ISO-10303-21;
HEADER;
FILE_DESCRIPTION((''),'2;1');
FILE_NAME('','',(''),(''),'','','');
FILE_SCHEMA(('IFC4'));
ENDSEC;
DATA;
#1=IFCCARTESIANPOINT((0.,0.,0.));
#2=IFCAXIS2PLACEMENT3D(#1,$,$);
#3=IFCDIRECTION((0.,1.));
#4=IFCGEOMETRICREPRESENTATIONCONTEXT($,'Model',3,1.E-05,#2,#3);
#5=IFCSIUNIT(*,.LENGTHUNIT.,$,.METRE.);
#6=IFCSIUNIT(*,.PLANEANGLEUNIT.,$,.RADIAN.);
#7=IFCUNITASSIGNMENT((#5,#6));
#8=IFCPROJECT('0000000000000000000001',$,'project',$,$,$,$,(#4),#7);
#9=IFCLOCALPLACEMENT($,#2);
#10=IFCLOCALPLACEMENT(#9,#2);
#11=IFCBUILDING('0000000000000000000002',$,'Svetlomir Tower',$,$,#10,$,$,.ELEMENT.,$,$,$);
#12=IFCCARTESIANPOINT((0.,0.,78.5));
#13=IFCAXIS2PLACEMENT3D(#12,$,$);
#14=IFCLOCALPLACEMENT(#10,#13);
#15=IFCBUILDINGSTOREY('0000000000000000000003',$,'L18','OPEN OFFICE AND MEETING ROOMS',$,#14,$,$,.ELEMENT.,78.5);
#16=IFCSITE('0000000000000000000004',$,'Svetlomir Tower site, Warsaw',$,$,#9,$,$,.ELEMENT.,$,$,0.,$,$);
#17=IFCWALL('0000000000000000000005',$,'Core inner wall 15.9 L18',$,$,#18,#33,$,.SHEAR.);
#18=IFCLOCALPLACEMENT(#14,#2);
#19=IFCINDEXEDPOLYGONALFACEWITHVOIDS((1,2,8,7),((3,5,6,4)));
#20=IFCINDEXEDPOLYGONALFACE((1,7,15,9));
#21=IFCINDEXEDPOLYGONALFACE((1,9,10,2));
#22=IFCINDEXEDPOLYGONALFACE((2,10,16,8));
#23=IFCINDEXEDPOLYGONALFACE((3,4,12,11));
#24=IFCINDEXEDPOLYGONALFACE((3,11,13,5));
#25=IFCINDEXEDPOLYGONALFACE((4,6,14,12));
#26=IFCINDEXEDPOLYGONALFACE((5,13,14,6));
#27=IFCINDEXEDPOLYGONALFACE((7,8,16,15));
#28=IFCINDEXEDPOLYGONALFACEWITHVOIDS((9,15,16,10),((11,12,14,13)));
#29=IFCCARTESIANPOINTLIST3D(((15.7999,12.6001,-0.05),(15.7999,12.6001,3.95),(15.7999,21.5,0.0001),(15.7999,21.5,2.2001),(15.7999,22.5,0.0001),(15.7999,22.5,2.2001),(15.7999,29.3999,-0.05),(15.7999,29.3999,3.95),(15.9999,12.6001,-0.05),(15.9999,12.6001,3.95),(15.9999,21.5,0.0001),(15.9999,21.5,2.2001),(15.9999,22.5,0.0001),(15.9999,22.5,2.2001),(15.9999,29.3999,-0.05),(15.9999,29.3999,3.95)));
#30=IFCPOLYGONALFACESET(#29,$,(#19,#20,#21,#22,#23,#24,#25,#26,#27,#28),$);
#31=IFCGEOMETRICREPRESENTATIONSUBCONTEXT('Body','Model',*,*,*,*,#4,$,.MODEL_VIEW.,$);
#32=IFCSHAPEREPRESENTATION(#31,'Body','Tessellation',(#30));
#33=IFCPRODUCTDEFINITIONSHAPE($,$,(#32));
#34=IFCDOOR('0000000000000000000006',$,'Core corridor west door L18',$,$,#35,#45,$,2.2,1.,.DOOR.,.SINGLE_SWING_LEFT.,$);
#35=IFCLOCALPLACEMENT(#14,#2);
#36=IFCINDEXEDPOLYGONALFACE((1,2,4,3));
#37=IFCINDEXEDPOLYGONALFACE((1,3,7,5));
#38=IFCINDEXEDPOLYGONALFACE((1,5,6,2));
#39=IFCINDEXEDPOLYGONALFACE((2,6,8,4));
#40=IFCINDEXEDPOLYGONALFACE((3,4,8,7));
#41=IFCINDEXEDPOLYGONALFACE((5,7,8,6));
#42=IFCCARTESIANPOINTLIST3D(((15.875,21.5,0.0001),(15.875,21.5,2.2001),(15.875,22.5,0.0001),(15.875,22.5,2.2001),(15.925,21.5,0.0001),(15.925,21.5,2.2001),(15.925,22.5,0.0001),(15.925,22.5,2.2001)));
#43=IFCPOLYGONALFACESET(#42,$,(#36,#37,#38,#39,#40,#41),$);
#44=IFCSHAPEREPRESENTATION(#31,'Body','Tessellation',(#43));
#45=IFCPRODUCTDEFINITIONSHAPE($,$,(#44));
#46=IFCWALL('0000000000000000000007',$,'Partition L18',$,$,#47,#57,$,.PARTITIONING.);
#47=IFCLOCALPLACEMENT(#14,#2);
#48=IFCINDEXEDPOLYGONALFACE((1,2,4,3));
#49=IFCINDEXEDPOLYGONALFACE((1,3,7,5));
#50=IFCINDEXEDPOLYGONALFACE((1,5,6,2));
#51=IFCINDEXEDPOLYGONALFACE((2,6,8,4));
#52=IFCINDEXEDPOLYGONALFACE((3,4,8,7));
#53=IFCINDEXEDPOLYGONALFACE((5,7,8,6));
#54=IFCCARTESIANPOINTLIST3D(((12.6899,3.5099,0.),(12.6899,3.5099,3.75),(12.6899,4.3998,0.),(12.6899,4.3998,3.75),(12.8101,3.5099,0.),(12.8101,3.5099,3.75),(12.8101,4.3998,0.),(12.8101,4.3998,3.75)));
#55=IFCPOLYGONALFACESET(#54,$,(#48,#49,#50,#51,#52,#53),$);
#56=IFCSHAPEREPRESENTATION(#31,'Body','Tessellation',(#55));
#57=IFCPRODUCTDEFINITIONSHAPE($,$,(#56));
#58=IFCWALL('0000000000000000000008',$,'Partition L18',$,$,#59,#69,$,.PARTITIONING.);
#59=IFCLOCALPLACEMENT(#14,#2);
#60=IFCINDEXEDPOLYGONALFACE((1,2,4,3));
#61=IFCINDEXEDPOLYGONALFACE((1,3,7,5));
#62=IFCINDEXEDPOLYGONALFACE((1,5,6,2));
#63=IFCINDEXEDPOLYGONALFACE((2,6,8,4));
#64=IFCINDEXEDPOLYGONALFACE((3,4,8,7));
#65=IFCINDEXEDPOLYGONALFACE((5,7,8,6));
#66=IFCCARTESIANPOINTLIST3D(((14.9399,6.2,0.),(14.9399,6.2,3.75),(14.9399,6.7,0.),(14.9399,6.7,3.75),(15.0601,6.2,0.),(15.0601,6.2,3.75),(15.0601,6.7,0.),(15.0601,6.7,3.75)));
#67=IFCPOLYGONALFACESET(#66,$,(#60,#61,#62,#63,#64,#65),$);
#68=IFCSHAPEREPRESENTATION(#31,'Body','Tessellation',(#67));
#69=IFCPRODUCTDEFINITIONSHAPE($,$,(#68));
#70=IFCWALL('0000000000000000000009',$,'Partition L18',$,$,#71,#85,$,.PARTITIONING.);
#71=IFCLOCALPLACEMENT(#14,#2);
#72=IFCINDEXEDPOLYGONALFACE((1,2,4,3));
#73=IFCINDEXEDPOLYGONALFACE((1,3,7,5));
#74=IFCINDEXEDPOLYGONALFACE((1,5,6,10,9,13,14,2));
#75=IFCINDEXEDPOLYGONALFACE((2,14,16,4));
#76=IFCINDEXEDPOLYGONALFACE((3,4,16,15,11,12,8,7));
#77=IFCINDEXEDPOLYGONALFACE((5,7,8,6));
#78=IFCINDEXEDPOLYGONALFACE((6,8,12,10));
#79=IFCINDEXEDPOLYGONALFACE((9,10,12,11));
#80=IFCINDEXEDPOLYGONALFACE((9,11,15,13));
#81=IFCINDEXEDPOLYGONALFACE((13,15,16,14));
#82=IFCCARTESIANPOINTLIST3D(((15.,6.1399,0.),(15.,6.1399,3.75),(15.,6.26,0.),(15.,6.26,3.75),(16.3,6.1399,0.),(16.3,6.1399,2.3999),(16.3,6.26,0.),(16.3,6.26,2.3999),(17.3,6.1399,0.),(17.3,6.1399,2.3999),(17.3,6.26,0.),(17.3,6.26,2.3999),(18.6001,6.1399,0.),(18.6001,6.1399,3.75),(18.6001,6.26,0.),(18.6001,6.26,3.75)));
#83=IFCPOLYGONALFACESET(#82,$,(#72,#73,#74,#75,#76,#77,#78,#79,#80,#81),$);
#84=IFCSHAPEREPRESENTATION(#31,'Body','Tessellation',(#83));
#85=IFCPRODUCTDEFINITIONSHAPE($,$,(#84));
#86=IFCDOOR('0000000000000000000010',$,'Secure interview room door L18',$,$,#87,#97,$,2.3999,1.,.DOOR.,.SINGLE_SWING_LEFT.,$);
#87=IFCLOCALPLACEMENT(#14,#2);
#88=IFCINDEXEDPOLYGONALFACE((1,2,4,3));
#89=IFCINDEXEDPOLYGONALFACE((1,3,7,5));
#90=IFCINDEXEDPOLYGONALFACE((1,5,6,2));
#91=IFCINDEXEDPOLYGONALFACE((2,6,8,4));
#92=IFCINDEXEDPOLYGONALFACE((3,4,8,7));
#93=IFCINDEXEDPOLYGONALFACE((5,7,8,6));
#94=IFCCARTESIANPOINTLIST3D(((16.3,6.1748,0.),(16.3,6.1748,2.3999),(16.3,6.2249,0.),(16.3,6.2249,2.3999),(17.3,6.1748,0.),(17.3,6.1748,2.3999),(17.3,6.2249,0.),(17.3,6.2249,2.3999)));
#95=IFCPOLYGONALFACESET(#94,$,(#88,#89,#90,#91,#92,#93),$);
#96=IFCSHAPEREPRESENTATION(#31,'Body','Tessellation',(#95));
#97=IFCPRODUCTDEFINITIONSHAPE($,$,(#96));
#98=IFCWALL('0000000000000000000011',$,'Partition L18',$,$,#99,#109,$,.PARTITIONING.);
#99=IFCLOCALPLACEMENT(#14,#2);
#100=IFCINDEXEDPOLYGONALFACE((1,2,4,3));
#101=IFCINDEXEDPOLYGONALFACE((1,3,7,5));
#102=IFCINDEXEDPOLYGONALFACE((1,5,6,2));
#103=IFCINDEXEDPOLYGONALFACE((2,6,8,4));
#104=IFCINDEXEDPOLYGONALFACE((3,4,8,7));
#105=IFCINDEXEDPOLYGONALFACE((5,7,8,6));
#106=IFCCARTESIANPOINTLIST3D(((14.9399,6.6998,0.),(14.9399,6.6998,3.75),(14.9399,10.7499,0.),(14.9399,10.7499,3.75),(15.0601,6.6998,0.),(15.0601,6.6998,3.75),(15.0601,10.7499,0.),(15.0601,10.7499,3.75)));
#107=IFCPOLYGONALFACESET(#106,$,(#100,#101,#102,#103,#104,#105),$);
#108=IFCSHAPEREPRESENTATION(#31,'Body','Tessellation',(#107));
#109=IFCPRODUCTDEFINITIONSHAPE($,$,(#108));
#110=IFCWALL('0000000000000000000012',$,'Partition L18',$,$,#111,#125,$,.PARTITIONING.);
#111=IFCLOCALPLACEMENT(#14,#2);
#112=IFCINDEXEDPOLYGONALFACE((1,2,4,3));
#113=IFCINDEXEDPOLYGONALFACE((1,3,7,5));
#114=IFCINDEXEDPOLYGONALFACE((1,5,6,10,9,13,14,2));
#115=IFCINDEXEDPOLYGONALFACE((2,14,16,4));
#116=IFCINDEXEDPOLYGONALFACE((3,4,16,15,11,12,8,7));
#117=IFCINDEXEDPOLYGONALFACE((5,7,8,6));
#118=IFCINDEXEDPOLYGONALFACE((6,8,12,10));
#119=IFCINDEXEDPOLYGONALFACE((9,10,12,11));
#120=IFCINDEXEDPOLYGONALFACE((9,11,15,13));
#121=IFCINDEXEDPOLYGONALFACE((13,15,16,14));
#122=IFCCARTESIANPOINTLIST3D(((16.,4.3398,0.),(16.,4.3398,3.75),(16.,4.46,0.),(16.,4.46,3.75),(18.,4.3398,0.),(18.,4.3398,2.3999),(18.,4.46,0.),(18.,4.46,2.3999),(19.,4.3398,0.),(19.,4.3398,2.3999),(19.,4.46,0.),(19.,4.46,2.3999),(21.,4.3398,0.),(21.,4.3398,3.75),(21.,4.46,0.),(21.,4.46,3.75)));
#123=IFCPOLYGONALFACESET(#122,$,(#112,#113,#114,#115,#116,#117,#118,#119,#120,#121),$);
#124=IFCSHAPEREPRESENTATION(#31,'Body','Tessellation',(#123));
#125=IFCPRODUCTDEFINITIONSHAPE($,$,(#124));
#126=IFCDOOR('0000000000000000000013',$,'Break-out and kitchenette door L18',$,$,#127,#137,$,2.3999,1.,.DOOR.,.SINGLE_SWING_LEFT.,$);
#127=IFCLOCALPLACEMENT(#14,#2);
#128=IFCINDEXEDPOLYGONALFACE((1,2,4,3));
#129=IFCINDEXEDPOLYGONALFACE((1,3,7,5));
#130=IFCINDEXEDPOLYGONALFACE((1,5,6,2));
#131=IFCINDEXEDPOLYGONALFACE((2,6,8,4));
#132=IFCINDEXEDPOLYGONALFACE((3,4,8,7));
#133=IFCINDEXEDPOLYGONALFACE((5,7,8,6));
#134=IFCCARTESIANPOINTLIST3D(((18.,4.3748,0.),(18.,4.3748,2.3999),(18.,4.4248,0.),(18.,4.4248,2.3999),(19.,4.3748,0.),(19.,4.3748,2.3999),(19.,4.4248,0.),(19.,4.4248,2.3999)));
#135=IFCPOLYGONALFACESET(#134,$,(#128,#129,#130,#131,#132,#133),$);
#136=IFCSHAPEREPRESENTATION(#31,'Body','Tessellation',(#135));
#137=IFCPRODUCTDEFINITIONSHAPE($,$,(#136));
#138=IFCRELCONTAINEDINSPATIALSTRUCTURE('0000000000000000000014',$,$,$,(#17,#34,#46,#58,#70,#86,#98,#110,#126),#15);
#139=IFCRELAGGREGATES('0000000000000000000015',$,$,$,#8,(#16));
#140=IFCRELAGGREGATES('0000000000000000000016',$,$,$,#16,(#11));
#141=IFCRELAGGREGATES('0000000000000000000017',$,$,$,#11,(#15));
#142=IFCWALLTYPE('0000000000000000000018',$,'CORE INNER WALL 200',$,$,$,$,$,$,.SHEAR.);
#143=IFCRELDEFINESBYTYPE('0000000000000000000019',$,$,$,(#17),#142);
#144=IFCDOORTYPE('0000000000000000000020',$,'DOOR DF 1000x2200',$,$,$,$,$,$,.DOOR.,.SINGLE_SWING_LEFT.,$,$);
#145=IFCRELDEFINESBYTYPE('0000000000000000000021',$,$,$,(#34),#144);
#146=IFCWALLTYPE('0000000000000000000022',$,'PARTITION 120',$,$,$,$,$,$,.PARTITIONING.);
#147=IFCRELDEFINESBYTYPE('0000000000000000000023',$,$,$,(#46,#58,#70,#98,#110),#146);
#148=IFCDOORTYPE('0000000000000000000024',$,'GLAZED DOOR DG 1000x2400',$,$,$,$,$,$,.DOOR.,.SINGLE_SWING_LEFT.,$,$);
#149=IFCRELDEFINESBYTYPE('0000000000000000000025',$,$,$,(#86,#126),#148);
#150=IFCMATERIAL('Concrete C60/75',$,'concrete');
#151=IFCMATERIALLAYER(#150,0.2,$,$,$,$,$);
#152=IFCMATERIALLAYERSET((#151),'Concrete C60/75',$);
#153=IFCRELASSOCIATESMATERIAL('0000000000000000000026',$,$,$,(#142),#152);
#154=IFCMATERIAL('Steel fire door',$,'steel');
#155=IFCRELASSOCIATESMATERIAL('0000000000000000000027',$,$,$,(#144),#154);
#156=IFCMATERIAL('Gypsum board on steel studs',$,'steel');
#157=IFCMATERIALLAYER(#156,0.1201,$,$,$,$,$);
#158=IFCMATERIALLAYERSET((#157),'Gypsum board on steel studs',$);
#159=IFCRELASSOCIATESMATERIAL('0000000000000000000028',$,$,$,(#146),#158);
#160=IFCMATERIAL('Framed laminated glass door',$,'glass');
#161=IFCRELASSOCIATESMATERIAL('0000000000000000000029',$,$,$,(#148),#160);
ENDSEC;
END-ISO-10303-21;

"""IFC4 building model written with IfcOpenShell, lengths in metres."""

from ifc_helpers import new_model, si_unit, direction, frame, frame_2d, origin, place, context, subcontext, project, spatial, rectangle, extrude, material, layer, layer_set, type_object, element, fill, save


model = new_model("IFC4")

# Units and contexts
model_context = context("Model", 3, precision=1e-05, world=origin(), true_north=direction((0.0, 1.0)))
body_context = subcontext(model_context, "Body", "Model", "MODEL_VIEW")
ifc_project = project(units=[si_unit("LENGTHUNIT", "METRE"), si_unit("PLANEANGLEUNIT", "RADIAN")], contexts=[model_context])

# Site, building, storey
site_placement = place(None, origin())
site = spatial("IfcSite", under=ifc_project, at=site_placement, Name="Svetlomir Tower site, Warsaw", CompositionType="ELEMENT", RefElevation=0.0)
building_placement = place(site_placement, origin())
building = spatial("IfcBuilding", under=site, at=building_placement, Name="Svetlomir Tower", CompositionType="ELEMENT")
storey_placement = place(building_placement, frame((0.0, 0.0, 78.5)))
storey = spatial("IfcBuildingStorey", under=building, at=storey_placement, Name="L18", Description="OPEN OFFICE AND MEETING ROOMS", CompositionType="ELEMENT", Elevation=78.5)

# Wall, opening, door
ifc_material_1 = material(Name="Concrete C60/75", Category="concrete")
ifc_layer_1 = layer(ifc_material_1, 0.2)
ifc_layer_set_1 = layer_set([ifc_layer_1], Name="Concrete C60/75")
wall_type_1 = type_object("IfcWallType", Name="CORE INNER WALL 200", PredefinedType="SHEAR", material=ifc_layer_set_1)
wall_1_placement = place(storey_placement, frame((15.8999, 12.6001, -0.05), z_axis=(0.0, 0.0, 1.0), x_axis=(0.0, 1.0, 0.0)))
wall_1 = element("IfcWall", 1, at=wall_1_placement, inside=storey, type_object=wall_type_1, Name="Core inner wall 15.9 L18", PredefinedType="SHEAR", context=body_context, shape_type="SweptSolid", body=[
    extrude(rectangle(XDim=16.7998, YDim=0.2, at=frame_2d((8.3999, 0.0))), origin(), (0.0, 0.0, 1.0), 4.0),
])
opening_1_placement = place(wall_1_placement, frame((8.8999, 0.0, 0.05)))
opening_1 = element("IfcOpeningElement", 2, at=opening_1_placement, cuts=wall_1, PredefinedType="OPENING", context=body_context, shape_type="SweptSolid", body=[
    extrude(rectangle(XDim=1.0, YDim=2.2, at=frame_2d((0.5, 1.1001))), frame((0.0, 0.1099, 0.0), z_axis=(0.0, -1.0, 0.0), x_axis=(1.0, 0.0, 0.0)), (0.0, 0.0, 1.0), 0.22),
])
ifc_material_2 = material(Name="Steel fire door", Category="steel")
door_type_1 = type_object("IfcDoorType", Name="DOOR DF 1000x2200", OperationType="SINGLE_SWING_LEFT", PredefinedType="DOOR", material=ifc_material_2)
door_1_placement = place(opening_1_placement, origin())
door_1 = element("IfcDoor", 3, at=door_1_placement, inside=storey, type_object=door_type_1, Name="Core corridor west door L18", OperationType="SINGLE_SWING_LEFT", OverallHeight=2.2, OverallWidth=1.0, PredefinedType="DOOR", context=body_context, shape_type="SweptSolid", body=[
    extrude(rectangle(XDim=1.0, YDim=2.2, at=frame_2d((0.5, 1.1001))), frame((0.0, 0.0249, 0.0), z_axis=(0.0, -1.0, 0.0), x_axis=(1.0, 0.0, 0.0)), (0.0, 0.0, 1.0), 0.05),
])
fill(opening_1, door_1)

# Wall
ifc_material_3 = material(Name="Gypsum board on steel studs", Category="steel")
ifc_layer_2 = layer(ifc_material_3, 0.1201)
ifc_layer_set_2 = layer_set([ifc_layer_2], Name="Gypsum board on steel studs")
wall_type_2 = type_object("IfcWallType", Name="PARTITION 120", PredefinedType="PARTITIONING", material=ifc_layer_set_2)
wall_2_placement = place(storey_placement, frame((12.75, 3.51, 0.0), z_axis=(0.0, 0.0, 1.0), x_axis=(0.0, 1.0, 0.0)))
element("IfcWall", 4, at=wall_2_placement, inside=storey, type_object=wall_type_2, Name="Partition L18", PredefinedType="PARTITIONING", context=body_context, shape_type="SweptSolid", body=[
    extrude(rectangle(XDim=0.8899, YDim=0.1201, at=frame_2d((0.4448, 0.0))), origin(), (0.0, 0.0, 1.0), 3.75),
])

# Shared definitions
ifc_material_4 = material(Name="Framed laminated glass door", Category="glass")
door_type_2 = type_object("IfcDoorType", Name="GLAZED DOOR DG 1000x2400", OperationType="SINGLE_SWING_LEFT", PredefinedType="DOOR", material=ifc_material_4)

# Wall
wall_3_placement = place(storey_placement, frame((15.0, 6.2, 0.0), z_axis=(0.0, 0.0, 1.0), x_axis=(0.0, 1.0, 0.0)))
element("IfcWall", 5, at=wall_3_placement, inside=storey, type_object=wall_type_2, Name="Partition L18", PredefinedType="PARTITIONING", context=body_context, shape_type="SweptSolid", body=[
    extrude(rectangle(XDim=0.5, YDim=0.1201, at=frame_2d((0.25, 0.0))), origin(), (0.0, 0.0, 1.0), 3.75),
])

# Wall, opening, door
wall_4_placement = place(storey_placement, frame((15.0, 6.2, 0.0), z_axis=(0.0, 0.0, 1.0), x_axis=(1.0, 0.0, 0.0)))
wall_4 = element("IfcWall", 6, at=wall_4_placement, inside=storey, type_object=wall_type_2, Name="Partition L18", PredefinedType="PARTITIONING", context=body_context, shape_type="SweptSolid", body=[
    extrude(rectangle(XDim=3.6001, YDim=0.1201, at=frame_2d((1.8, 0.0))), origin(), (0.0, 0.0, 1.0), 3.75),
])
opening_2_placement = place(wall_4_placement, frame((1.3, 0.0, 0.0)))
opening_2 = element("IfcOpeningElement", 7, at=opening_2_placement, cuts=wall_4, PredefinedType="OPENING", context=body_context, shape_type="SweptSolid", body=[
    extrude(rectangle(XDim=1.0, YDim=2.3999, at=frame_2d((0.5, 1.2))), frame((0.0, 0.0701, 0.0), z_axis=(0.0, -1.0, 0.0), x_axis=(1.0, 0.0, 0.0)), (0.0, 0.0, 1.0), 0.1401),
])
door_2_placement = place(opening_2_placement, origin())
door_2 = element("IfcDoor", 8, at=door_2_placement, inside=storey, type_object=door_type_2, Name="Secure interview room door L18", OperationType="SINGLE_SWING_LEFT", OverallHeight=2.3999, OverallWidth=1.0, PredefinedType="DOOR", context=body_context, shape_type="SweptSolid", body=[
    extrude(rectangle(XDim=1.0, YDim=2.3999, at=frame_2d((0.5, 1.2))), frame((0.0, 0.0249, 0.0), z_axis=(0.0, -1.0, 0.0), x_axis=(1.0, 0.0, 0.0)), (0.0, 0.0, 1.0), 0.05),
])
fill(opening_2, door_2)

# Wall
wall_5_placement = place(storey_placement, frame((15.0, 6.7, 0.0), z_axis=(0.0, 0.0, 1.0), x_axis=(0.0, 1.0, 0.0)))
element("IfcWall", 9, at=wall_5_placement, inside=storey, type_object=wall_type_2, Name="Partition L18", PredefinedType="PARTITIONING", context=body_context, shape_type="SweptSolid", body=[
    extrude(rectangle(XDim=4.05, YDim=0.1201, at=frame_2d((2.0249, 0.0))), origin(), (0.0, 0.0, 1.0), 3.75),
])

# Wall, opening, door
wall_6_placement = place(storey_placement, frame((16.0, 4.3999, 0.0), z_axis=(0.0, 0.0, 1.0), x_axis=(1.0, 0.0, 0.0)))
wall_6 = element("IfcWall", 10, at=wall_6_placement, inside=storey, type_object=wall_type_2, Name="Partition L18", PredefinedType="PARTITIONING", context=body_context, shape_type="SweptSolid", body=[
    extrude(rectangle(XDim=5.0, YDim=0.1201, at=frame_2d((2.5, 0.0))), origin(), (0.0, 0.0, 1.0), 3.75),
])
opening_3_placement = place(wall_6_placement, frame((2.0, 0.0, 0.0)))
opening_3 = element("IfcOpeningElement", 11, at=opening_3_placement, cuts=wall_6, PredefinedType="OPENING", context=body_context, shape_type="SweptSolid", body=[
    extrude(rectangle(XDim=1.0, YDim=2.3999, at=frame_2d((0.5, 1.2))), frame((0.0, 0.0701, 0.0), z_axis=(0.0, -1.0, 0.0), x_axis=(1.0, 0.0, 0.0)), (0.0, 0.0, 1.0), 0.1401),
])
door_3_placement = place(opening_3_placement, origin())
door_3 = element("IfcDoor", 12, at=door_3_placement, inside=storey, type_object=door_type_2, Name="Break-out and kitchenette door L18", OperationType="SINGLE_SWING_LEFT", OverallHeight=2.3999, OverallWidth=1.0, PredefinedType="DOOR", context=body_context, shape_type="SweptSolid", body=[
    extrude(rectangle(XDim=1.0, YDim=2.3999, at=frame_2d((0.5, 1.2))), frame((0.0, 0.0249, 0.0), z_axis=(0.0, -1.0, 0.0), x_axis=(1.0, 0.0, 0.0)), (0.0, 0.0, 1.0), 0.05),
])
fill(opening_3, door_3)

save(model, "model.ifc")
